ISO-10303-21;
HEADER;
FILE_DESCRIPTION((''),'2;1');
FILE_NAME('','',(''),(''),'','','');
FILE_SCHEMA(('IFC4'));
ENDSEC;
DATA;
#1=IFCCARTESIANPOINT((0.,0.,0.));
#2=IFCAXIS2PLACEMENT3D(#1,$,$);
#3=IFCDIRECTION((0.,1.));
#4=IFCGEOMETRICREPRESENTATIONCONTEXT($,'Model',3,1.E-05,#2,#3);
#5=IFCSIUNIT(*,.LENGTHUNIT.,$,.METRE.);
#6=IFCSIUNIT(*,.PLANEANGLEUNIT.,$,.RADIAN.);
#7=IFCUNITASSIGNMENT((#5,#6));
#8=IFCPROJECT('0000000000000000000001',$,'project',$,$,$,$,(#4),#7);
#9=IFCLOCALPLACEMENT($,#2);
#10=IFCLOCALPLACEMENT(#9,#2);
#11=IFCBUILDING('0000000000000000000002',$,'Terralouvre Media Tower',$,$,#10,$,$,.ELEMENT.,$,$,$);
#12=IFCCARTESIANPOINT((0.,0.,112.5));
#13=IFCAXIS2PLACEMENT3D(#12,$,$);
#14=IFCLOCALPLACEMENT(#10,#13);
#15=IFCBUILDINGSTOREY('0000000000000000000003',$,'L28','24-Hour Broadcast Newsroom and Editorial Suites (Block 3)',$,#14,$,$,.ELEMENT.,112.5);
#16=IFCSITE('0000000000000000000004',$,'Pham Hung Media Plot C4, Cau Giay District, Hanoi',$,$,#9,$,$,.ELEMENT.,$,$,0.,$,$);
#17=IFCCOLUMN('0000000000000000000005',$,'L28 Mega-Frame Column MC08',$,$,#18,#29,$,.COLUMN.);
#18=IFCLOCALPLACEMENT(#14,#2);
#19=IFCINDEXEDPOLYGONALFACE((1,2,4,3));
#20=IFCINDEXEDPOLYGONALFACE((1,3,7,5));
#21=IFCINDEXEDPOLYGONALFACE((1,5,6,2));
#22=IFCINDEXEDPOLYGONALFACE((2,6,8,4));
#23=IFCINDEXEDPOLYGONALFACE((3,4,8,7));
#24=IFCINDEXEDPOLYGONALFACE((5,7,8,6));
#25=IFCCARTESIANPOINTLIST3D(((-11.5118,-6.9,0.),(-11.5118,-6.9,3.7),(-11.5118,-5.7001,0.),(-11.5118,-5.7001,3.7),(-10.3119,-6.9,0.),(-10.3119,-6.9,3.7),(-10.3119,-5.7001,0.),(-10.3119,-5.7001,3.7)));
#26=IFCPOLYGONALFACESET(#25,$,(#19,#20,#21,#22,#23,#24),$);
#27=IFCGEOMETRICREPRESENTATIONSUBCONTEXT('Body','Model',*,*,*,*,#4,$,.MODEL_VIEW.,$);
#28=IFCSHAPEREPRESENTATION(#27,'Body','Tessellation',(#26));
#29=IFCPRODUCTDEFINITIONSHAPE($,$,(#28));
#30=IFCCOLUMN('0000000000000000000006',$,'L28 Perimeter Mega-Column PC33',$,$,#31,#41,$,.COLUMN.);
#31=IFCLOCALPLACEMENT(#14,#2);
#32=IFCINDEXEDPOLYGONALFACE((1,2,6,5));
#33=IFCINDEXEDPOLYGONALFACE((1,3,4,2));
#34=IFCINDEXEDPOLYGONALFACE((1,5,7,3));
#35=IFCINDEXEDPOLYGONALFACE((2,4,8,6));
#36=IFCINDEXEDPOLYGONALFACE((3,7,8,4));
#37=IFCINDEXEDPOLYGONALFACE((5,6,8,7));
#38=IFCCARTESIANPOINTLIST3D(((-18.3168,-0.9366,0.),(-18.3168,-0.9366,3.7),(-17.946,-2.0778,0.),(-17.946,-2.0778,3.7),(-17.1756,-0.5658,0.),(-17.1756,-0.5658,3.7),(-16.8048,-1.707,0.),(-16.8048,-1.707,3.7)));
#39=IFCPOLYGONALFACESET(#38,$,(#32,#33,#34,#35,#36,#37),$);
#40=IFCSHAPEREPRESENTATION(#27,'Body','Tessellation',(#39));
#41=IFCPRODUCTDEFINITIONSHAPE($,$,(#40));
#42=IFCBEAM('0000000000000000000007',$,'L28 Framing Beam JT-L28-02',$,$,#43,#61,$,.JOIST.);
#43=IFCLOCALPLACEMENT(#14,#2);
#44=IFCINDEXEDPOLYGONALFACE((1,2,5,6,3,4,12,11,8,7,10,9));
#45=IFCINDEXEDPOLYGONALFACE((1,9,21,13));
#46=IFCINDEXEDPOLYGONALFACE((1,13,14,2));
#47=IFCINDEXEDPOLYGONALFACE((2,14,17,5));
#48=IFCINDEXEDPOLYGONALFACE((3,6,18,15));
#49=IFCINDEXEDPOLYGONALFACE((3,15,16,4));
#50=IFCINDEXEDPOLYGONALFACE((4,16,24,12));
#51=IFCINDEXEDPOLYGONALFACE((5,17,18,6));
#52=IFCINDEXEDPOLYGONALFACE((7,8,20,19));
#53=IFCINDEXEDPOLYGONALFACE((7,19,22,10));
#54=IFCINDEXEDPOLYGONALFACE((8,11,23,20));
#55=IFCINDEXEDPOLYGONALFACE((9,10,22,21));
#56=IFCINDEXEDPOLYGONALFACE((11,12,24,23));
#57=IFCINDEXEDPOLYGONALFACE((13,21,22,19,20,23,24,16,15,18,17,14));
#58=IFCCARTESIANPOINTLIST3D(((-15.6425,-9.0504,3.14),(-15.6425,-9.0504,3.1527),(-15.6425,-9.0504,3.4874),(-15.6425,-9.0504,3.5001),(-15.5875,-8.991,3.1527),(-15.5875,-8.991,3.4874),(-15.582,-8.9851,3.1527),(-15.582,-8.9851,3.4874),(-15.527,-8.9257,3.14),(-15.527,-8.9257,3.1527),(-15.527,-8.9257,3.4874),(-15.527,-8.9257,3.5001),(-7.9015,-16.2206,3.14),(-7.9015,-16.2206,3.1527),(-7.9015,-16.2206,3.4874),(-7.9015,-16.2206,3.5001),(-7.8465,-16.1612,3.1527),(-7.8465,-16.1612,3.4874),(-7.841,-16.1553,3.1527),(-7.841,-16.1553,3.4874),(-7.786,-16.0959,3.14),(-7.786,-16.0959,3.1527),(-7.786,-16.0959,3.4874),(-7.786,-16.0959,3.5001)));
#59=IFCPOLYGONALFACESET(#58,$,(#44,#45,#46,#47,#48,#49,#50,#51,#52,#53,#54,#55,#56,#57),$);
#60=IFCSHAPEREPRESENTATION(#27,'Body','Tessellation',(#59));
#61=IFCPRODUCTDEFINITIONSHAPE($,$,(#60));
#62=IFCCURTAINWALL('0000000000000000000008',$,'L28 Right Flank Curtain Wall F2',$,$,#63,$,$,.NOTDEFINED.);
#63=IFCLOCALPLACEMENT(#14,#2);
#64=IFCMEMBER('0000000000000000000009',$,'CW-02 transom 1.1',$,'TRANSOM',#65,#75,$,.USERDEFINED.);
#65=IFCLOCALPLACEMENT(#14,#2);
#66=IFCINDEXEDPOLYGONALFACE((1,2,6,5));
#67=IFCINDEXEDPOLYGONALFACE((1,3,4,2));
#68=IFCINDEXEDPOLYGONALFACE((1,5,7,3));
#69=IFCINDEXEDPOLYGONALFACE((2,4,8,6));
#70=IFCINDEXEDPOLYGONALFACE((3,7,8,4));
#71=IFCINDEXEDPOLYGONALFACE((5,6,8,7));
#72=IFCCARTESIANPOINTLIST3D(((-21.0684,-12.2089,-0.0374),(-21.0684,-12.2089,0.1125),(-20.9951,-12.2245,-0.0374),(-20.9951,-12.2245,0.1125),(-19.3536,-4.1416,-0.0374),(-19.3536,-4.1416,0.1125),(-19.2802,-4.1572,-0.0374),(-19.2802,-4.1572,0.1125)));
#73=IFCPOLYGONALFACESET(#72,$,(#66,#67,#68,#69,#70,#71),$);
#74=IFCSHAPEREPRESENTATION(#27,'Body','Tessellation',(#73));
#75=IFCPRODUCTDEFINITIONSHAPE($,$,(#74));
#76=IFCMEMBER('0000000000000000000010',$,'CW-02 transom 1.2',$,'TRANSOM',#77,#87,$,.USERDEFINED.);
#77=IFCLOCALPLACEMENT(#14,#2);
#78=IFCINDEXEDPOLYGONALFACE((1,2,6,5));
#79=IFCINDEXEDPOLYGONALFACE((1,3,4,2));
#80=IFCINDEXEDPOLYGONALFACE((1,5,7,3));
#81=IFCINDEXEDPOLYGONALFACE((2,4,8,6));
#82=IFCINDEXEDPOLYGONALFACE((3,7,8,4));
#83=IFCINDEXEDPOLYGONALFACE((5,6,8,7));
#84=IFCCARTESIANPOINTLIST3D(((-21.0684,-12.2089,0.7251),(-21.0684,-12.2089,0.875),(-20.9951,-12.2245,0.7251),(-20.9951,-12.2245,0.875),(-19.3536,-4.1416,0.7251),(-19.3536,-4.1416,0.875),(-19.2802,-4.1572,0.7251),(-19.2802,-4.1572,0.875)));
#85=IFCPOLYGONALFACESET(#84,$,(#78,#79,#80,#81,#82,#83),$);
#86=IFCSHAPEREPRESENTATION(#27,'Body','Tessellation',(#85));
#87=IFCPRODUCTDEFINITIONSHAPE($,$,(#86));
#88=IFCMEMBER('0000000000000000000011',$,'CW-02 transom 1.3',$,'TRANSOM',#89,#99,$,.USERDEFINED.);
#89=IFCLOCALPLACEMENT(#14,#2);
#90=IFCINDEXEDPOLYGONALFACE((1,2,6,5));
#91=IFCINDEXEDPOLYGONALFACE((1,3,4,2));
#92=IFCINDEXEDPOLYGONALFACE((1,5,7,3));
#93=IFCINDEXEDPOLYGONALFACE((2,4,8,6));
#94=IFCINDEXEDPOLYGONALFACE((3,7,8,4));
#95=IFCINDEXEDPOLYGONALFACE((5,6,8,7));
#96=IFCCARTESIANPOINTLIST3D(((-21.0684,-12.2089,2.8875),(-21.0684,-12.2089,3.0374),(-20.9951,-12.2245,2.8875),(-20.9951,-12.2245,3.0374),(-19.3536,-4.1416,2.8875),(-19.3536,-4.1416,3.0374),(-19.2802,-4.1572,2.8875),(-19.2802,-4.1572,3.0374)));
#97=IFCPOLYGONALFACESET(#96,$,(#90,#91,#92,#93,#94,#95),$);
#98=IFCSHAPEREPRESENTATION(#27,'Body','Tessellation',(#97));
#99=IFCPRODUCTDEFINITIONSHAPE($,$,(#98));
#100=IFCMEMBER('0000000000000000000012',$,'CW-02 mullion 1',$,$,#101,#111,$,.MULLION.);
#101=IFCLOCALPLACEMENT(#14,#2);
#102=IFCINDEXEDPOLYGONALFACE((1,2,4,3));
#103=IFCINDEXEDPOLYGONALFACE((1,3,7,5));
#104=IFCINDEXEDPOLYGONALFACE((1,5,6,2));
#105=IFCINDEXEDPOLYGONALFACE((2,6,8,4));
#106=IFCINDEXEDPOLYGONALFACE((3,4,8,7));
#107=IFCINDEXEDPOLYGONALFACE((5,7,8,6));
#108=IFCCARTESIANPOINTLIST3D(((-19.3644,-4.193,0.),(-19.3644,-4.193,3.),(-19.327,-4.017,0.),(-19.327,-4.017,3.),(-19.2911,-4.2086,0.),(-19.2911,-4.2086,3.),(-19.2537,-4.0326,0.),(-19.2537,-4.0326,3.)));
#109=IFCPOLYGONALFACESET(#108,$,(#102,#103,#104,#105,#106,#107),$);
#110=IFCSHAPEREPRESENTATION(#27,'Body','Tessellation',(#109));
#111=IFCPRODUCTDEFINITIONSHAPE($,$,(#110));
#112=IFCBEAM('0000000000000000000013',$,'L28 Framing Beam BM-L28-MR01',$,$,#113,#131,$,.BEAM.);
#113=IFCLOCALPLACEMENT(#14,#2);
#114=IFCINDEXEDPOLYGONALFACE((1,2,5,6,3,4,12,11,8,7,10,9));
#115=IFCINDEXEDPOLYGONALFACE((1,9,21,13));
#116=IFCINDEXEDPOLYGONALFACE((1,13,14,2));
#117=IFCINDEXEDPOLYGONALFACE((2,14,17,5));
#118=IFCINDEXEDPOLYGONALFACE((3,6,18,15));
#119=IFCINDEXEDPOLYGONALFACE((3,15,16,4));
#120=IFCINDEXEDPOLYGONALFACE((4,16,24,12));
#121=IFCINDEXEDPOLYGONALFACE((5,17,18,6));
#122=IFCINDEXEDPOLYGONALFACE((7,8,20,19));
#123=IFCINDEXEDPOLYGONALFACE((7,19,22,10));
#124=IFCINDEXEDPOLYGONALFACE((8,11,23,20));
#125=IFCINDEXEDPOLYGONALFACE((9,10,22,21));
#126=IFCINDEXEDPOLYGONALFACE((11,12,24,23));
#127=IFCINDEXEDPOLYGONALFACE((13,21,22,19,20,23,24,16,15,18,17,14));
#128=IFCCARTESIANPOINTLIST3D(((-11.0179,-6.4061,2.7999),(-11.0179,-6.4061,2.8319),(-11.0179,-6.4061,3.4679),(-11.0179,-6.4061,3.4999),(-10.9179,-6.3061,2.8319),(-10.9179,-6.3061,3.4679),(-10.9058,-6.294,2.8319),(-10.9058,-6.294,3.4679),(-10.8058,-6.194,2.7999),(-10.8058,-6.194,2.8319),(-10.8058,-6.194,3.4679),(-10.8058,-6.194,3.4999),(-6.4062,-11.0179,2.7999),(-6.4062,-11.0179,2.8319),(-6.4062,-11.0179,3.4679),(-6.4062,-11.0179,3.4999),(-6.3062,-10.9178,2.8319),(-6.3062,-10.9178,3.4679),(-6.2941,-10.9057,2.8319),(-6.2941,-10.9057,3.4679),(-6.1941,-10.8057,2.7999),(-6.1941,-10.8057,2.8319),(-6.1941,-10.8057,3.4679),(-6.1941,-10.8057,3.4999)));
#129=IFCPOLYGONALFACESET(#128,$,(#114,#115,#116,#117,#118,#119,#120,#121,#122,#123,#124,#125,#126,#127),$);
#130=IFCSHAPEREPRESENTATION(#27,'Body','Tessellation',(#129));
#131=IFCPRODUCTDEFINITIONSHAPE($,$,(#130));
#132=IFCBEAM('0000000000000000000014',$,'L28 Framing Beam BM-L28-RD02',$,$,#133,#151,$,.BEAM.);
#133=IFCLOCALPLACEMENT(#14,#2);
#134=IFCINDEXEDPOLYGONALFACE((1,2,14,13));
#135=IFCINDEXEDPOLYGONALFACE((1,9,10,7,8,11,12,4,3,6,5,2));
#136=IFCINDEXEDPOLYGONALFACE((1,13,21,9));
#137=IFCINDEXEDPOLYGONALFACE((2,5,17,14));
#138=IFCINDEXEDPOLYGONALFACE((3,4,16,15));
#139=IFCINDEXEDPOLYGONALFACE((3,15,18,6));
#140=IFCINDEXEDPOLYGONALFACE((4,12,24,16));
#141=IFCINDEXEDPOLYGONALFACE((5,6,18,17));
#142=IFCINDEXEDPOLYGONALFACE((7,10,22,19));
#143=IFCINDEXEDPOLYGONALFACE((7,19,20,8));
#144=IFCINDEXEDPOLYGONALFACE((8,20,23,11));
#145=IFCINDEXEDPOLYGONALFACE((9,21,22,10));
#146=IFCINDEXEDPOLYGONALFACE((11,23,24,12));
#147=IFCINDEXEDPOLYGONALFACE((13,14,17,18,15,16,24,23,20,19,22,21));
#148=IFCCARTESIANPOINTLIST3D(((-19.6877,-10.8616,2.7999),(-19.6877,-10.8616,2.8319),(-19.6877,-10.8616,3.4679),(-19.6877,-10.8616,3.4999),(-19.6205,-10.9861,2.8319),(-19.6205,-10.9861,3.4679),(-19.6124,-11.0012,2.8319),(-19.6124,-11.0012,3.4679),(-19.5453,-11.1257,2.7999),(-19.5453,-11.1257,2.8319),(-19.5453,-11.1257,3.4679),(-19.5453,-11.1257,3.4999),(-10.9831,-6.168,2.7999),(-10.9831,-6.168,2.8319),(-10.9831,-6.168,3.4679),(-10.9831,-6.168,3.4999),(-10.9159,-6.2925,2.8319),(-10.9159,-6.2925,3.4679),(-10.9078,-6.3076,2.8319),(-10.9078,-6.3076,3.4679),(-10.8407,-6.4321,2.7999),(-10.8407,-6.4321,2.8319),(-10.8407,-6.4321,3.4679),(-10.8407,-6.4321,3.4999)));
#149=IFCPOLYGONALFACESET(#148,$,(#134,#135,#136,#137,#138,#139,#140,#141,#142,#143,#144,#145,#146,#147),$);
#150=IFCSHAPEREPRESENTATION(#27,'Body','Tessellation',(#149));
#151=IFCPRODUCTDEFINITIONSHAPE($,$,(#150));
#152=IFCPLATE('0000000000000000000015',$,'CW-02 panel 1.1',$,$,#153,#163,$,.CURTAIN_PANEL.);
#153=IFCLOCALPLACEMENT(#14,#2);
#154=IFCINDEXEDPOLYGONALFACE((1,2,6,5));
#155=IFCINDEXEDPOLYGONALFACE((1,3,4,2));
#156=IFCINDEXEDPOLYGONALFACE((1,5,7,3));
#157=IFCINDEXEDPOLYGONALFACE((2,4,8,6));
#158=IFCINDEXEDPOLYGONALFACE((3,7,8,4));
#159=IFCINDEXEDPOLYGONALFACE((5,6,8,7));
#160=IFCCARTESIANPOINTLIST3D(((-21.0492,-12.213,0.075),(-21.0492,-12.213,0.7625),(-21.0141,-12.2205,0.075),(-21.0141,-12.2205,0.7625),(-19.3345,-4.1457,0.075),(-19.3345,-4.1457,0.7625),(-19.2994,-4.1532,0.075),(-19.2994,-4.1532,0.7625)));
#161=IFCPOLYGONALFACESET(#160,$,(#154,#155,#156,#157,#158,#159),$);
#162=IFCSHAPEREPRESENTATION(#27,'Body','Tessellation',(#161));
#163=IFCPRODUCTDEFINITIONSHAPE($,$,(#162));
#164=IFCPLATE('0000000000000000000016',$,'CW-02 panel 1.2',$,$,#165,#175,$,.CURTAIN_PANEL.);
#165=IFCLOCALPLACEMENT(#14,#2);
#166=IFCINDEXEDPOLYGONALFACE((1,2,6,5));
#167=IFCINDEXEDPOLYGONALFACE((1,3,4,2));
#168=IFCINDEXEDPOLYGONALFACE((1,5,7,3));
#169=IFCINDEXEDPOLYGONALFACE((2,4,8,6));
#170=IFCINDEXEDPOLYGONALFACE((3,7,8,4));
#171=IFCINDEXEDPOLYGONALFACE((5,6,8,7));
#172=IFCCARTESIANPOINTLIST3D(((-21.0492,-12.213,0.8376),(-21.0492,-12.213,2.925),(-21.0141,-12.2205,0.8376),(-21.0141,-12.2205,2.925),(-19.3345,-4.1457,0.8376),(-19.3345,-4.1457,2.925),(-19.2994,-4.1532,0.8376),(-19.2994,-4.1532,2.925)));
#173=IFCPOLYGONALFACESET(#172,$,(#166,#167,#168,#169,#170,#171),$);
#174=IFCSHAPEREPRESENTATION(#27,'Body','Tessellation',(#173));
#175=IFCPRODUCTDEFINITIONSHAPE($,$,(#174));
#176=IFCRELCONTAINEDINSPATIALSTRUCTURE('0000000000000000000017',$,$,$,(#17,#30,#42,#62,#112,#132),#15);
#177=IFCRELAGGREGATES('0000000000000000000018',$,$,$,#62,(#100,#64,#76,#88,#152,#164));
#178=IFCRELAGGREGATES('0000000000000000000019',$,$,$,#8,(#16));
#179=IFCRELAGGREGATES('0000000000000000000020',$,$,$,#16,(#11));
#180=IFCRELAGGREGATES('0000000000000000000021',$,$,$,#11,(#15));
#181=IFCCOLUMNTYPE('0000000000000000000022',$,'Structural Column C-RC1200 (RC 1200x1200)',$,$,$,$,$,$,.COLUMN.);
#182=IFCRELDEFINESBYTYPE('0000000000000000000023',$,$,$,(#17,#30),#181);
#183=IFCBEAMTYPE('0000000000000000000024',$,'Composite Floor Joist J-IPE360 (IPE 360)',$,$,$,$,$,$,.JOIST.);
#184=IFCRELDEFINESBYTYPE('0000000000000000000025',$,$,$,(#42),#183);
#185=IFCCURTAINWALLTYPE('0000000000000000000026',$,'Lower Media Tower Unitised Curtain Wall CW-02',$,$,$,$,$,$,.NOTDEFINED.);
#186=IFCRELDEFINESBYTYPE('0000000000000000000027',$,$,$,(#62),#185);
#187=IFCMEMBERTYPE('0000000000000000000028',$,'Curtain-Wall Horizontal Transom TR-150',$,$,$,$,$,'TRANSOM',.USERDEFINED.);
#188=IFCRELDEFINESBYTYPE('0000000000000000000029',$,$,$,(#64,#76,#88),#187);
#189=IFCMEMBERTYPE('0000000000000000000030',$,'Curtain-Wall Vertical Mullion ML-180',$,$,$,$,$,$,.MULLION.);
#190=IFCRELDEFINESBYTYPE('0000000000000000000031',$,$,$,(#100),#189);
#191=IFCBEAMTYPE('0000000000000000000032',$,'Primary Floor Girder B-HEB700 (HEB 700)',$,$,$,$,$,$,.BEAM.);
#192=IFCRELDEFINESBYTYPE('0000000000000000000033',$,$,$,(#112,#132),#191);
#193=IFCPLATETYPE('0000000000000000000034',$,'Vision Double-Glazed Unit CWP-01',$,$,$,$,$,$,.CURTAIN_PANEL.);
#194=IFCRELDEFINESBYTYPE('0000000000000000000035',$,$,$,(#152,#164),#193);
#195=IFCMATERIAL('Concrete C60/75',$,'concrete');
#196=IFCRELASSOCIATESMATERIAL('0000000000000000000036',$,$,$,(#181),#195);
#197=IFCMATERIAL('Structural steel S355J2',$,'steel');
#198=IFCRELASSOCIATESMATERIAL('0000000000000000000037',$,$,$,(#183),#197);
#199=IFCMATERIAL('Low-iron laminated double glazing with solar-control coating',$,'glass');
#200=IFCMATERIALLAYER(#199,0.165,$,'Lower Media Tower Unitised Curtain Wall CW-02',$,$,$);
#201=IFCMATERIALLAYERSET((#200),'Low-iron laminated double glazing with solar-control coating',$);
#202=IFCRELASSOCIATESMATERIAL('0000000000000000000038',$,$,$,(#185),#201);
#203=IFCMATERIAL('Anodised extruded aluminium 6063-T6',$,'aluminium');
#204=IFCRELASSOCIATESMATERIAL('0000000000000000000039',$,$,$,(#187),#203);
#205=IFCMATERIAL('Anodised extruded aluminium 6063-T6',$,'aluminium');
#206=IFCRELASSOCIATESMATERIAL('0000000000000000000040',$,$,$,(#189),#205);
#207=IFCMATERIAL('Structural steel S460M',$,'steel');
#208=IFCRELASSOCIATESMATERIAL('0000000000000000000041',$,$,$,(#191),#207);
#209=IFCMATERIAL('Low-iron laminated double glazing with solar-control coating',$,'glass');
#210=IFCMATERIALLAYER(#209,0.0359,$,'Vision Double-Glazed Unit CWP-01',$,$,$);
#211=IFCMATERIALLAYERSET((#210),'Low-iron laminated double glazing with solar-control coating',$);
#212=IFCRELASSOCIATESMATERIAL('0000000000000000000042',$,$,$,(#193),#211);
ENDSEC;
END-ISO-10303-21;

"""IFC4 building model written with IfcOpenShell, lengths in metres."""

from ifc_helpers import new_model, si_unit, direction, frame, origin, origin_2d, place, context, subcontext, project, spatial, rectangle, i_section, extrude, material, layer, layer_set, material_profile, profile_set, type_object, element, aggregate, save


model = new_model("IFC4")

# Units and contexts
model_context = context("Model", 3, precision=1e-05, world=origin(), true_north=direction((0.0, 1.0)))
body_context = subcontext(model_context, "Body", "Model", "MODEL_VIEW")
ifc_project = project(units=[si_unit("LENGTHUNIT", "METRE"), si_unit("PLANEANGLEUNIT", "RADIAN")], contexts=[model_context])

# Site, building, storey
site_placement = place(None, origin())
site = spatial("IfcSite", under=ifc_project, at=site_placement, Name="Pham Hung Media Plot C4, Cau Giay District, Hanoi", CompositionType="ELEMENT", RefElevation=0.0)
building_placement = place(site_placement, origin())
building = spatial("IfcBuilding", under=site, at=building_placement, Name="Terralouvre Media Tower", CompositionType="ELEMENT")
storey_placement = place(building_placement, frame((0.0, 0.0, 112.5)))
storey = spatial("IfcBuildingStorey", under=building, at=storey_placement, Name="L28", Description="24-Hour Broadcast Newsroom and Editorial Suites (Block 3)", CompositionType="ELEMENT", Elevation=112.5)

# Columns
ifc_material_1 = material(Name="Concrete C60/75", Category="concrete")
ifc_material_profile_1 = material_profile(ifc_material_1, rectangle(XDim=1.2, YDim=1.2, at=origin_2d()), Name="RC 1200x1200")
ifc_profile_set_1 = profile_set([ifc_material_profile_1], Name="Concrete C60/75")
column_type = type_object("IfcColumnType", Name="Structural Column C-RC1200 (RC 1200x1200)", PredefinedType="COLUMN", material=ifc_profile_set_1)
for number, where, z_axis, x_axis, name in (
    (1, (-10.9119, -6.3, 0.0), (0.0, 0.0, 1.0), (1.0, 0.0, 0.0), "L28 Mega-Frame Column MC08"),
    (2, (-17.5608, -1.3218, 0.0), (0.0, 0.0, 1.0), (0.951057, 0.309017, 0.0), "L28 Perimeter Mega-Column PC33"),
):
    element("IfcColumn", number, at=place(storey_placement, frame(where, z_axis=z_axis, x_axis=x_axis)), inside=storey, type_object=column_type, Name=name, PredefinedType="COLUMN", context=body_context, shape_type="SweptSolid", body=[
        extrude(rectangle(XDim=1.2, YDim=1.2, at=origin_2d()), origin(), (0.0, 0.0, 1.0), 3.7),
    ])

# Beam
ifc_material_2 = material(Name="Structural steel S355J2", Category="steel")
ifc_material_profile_2 = material_profile(ifc_material_2, i_section(OverallWidth=0.1699, OverallDepth=0.3601, WebThickness=0.0081, FlangeThickness=0.0127, at=origin_2d()), Name="IPE 360")
ifc_profile_set_2 = profile_set([ifc_material_profile_2], Name="Structural steel S355J2")
beam_type_1 = type_object("IfcBeamType", Name="Composite Floor Joist J-IPE360 (IPE 360)", PredefinedType="JOIST", material=ifc_profile_set_2)
beam_1_placement = place(storey_placement, frame((-15.5847, -8.988, 3.3201), z_axis=(0.733638, -0.679541, 0.0), x_axis=(0.679541, 0.733638, 0.0)))
element("IfcBeam", 3, at=beam_1_placement, inside=storey, type_object=beam_type_1, Name="L28 Framing Beam JT-L28-02", PredefinedType="JOIST", context=body_context, shape_type="SweptSolid", body=[
    extrude(i_section(OverallWidth=0.1699, OverallDepth=0.3601, WebThickness=0.0081, FlangeThickness=0.0127, at=origin_2d()), origin(), (0.0, 0.0, 1.0), 10.5515),
])

# Curtain wall, members
ifc_material_3 = material(Name="Low-iron laminated double glazing with solar-control coating", Category="glass")
ifc_layer_1 = layer(ifc_material_3, 0.165, Name="Lower Media Tower Unitised Curtain Wall CW-02")
ifc_layer_set_1 = layer_set([ifc_layer_1], Name="Low-iron laminated double glazing with solar-control coating")
curtain_wall_type = type_object("IfcCurtainWallType", Name="Lower Media Tower Unitised Curtain Wall CW-02", PredefinedType="NOTDEFINED", material=ifc_layer_set_1)
curtain_wall_placement = place(storey_placement, origin())
curtain_wall = element("IfcCurtainWall", 4, at=curtain_wall_placement, inside=storey, type_object=curtain_wall_type, Name="L28 Right Flank Curtain Wall F2", PredefinedType="NOTDEFINED")
ifc_material_4 = material(Name="Anodised extruded aluminium 6063-T6", Category="aluminium")
ifc_material_profile_3 = material_profile(ifc_material_4, rectangle(XDim=0.075, YDim=0.1499, at=origin_2d()), Name="ALU 75x150")
ifc_profile_set_3 = profile_set([ifc_material_profile_3], Name="Anodised extruded aluminium 6063-T6")
member_type_1 = type_object("IfcMemberType", Name="Curtain-Wall Horizontal Transom TR-150", ElementType="TRANSOM", PredefinedType="USERDEFINED", material=ifc_profile_set_3)
member_1_placement = place(storey_placement, frame((-19.3169, -4.1494, 0.0376), z_axis=(-0.20792, -0.978146, 0.0), x_axis=(0.978146, -0.20792, 0.0)))
member_1 = element("IfcMember", 5, at=member_1_placement, type_object=member_type_1, Name="CW-02 transom 1.1", ObjectType="TRANSOM", PredefinedType="USERDEFINED", context=body_context, shape_type="SweptSolid", body=[
    extrude(rectangle(XDim=0.075, YDim=0.1499, at=origin_2d()), origin(), (0.0, 0.0, 1.0), 8.2476),
])
member_2_placement = place(storey_placement, frame((-19.3169, -4.1494, 0.8), z_axis=(-0.20792, -0.978146, 0.0), x_axis=(0.978146, -0.20792, 0.0)))
member_2 = element("IfcMember", 6, at=member_2_placement, type_object=member_type_1, Name="CW-02 transom 1.2", ObjectType="TRANSOM", PredefinedType="USERDEFINED", context=body_context, shape_type="SweptSolid", body=[
    extrude(rectangle(XDim=0.075, YDim=0.1499, at=origin_2d()), origin(), (0.0, 0.0, 1.0), 8.2476),
])
member_3_placement = place(storey_placement, frame((-19.3169, -4.1494, 2.9624), z_axis=(-0.20792, -0.978146, 0.0), x_axis=(0.978146, -0.20792, 0.0)))
member_3 = element("IfcMember", 7, at=member_3_placement, type_object=member_type_1, Name="CW-02 transom 1.3", ObjectType="TRANSOM", PredefinedType="USERDEFINED", context=body_context, shape_type="SweptSolid", body=[
    extrude(rectangle(XDim=0.075, YDim=0.1499, at=origin_2d()), origin(), (0.0, 0.0, 1.0), 8.2476),
])
ifc_material_5 = material(Name="Anodised extruded aluminium 6063-T6", Category="aluminium")
ifc_material_profile_4 = material_profile(ifc_material_5, rectangle(XDim=0.075, YDim=0.1799, at=origin_2d()), Name="ALU 75x180")
ifc_profile_set_4 = profile_set([ifc_material_profile_4], Name="Anodised extruded aluminium 6063-T6")
member_type_2 = type_object("IfcMemberType", Name="Curtain-Wall Vertical Mullion ML-180", PredefinedType="MULLION", material=ifc_profile_set_4)
member_4_placement = place(storey_placement, frame((-19.3091, -4.1128, 0.0), z_axis=(0.0, 0.0, 1.0), x_axis=(0.978148, -0.207911, 0.0)))
member_4 = element("IfcMember", 8, at=member_4_placement, type_object=member_type_2, Name="CW-02 mullion 1", PredefinedType="MULLION", context=body_context, shape_type="SweptSolid", body=[
    extrude(rectangle(XDim=0.075, YDim=0.1799, at=origin_2d()), origin(), (0.0, 0.0, 1.0), 3.0),
])

# Beams
ifc_material_6 = material(Name="Structural steel S460M", Category="steel")
ifc_material_profile_5 = material_profile(ifc_material_6, i_section(OverallWidth=0.3, OverallDepth=0.7, WebThickness=0.0171, FlangeThickness=0.032, at=origin_2d()), Name="HEB 700")
ifc_profile_set_5 = profile_set([ifc_material_profile_5], Name="Structural steel S460M")
beam_type_2 = type_object("IfcBeamType", Name="Primary Floor Girder B-HEB700 (HEB 700)", PredefinedType="BEAM", material=ifc_profile_set_5)
beam_2_placement = place(storey_placement, frame((-10.9119, -6.3, 3.1499), z_axis=(0.707107, -0.707107, 0.0), x_axis=(0.707107, 0.707107, 0.0)))
element("IfcBeam", 9, at=beam_2_placement, inside=storey, type_object=beam_type_2, Name="L28 Framing Beam BM-L28-MR01", PredefinedType="BEAM", context=body_context, shape_type="SweptSolid", body=[
    extrude(i_section(OverallWidth=0.3, OverallDepth=0.7, WebThickness=0.0171, FlangeThickness=0.032, at=origin_2d()), origin(), (0.0, 0.0, 1.0), 6.522),
])
beam_3_placement = place(storey_placement, frame((-10.9119, -6.3, 3.1499), z_axis=(-0.880196, -0.474611, 0.0), x_axis=(0.474611, -0.880196, 0.0)))
element("IfcBeam", 10, at=beam_3_placement, inside=storey, type_object=beam_type_2, Name="L28 Framing Beam BM-L28-RD02", PredefinedType="BEAM", context=body_context, shape_type="SweptSolid", body=[
    extrude(i_section(OverallWidth=0.3, OverallDepth=0.7, WebThickness=0.0171, FlangeThickness=0.032, at=origin_2d()), origin(), (0.0, 0.0, 1.0), 9.8894),
])

# Plates
ifc_material_7 = material(Name="Low-iron laminated double glazing with solar-control coating", Category="glass")
ifc_layer_2 = layer(ifc_material_7, 0.0359, Name="Vision Double-Glazed Unit CWP-01")
ifc_layer_set_2 = layer_set([ifc_layer_2], Name="Low-iron laminated double glazing with solar-control coating")
plate_type = type_object("IfcPlateType", Name="Vision Double-Glazed Unit CWP-01", PredefinedType="CURTAIN_PANEL", material=ifc_layer_set_2)
plate_1_placement = place(storey_placement, frame((-20.1743, -8.1831, 0.075), z_axis=(0.0, 0.0, 1.0), x_axis=(-0.207911, -0.978148, 0.0)))
plate_1 = element("IfcPlate", 11, at=plate_1_placement, type_object=plate_type, Name="CW-02 panel 1.1", PredefinedType="CURTAIN_PANEL", context=body_context, shape_type="SweptSolid", body=[
    extrude(rectangle(XDim=8.2476, YDim=0.0359, at=origin_2d()), origin(), (0.0, 0.0, 1.0), 0.6875),
])
plate_2_placement = place(storey_placement, frame((-20.1743, -8.1831, 0.8376), z_axis=(0.0, 0.0, 1.0), x_axis=(-0.207911, -0.978148, 0.0)))
plate_2 = element("IfcPlate", 12, at=plate_2_placement, type_object=plate_type, Name="CW-02 panel 1.2", PredefinedType="CURTAIN_PANEL", context=body_context, shape_type="SweptSolid", body=[
    extrude(rectangle(XDim=8.2476, YDim=0.0359, at=origin_2d()), origin(), (0.0, 0.0, 1.0), 2.0874),
])
aggregate(curtain_wall, [member_4, member_1, member_2, member_3, plate_1, plate_2])

save(model, "model.ifc")
